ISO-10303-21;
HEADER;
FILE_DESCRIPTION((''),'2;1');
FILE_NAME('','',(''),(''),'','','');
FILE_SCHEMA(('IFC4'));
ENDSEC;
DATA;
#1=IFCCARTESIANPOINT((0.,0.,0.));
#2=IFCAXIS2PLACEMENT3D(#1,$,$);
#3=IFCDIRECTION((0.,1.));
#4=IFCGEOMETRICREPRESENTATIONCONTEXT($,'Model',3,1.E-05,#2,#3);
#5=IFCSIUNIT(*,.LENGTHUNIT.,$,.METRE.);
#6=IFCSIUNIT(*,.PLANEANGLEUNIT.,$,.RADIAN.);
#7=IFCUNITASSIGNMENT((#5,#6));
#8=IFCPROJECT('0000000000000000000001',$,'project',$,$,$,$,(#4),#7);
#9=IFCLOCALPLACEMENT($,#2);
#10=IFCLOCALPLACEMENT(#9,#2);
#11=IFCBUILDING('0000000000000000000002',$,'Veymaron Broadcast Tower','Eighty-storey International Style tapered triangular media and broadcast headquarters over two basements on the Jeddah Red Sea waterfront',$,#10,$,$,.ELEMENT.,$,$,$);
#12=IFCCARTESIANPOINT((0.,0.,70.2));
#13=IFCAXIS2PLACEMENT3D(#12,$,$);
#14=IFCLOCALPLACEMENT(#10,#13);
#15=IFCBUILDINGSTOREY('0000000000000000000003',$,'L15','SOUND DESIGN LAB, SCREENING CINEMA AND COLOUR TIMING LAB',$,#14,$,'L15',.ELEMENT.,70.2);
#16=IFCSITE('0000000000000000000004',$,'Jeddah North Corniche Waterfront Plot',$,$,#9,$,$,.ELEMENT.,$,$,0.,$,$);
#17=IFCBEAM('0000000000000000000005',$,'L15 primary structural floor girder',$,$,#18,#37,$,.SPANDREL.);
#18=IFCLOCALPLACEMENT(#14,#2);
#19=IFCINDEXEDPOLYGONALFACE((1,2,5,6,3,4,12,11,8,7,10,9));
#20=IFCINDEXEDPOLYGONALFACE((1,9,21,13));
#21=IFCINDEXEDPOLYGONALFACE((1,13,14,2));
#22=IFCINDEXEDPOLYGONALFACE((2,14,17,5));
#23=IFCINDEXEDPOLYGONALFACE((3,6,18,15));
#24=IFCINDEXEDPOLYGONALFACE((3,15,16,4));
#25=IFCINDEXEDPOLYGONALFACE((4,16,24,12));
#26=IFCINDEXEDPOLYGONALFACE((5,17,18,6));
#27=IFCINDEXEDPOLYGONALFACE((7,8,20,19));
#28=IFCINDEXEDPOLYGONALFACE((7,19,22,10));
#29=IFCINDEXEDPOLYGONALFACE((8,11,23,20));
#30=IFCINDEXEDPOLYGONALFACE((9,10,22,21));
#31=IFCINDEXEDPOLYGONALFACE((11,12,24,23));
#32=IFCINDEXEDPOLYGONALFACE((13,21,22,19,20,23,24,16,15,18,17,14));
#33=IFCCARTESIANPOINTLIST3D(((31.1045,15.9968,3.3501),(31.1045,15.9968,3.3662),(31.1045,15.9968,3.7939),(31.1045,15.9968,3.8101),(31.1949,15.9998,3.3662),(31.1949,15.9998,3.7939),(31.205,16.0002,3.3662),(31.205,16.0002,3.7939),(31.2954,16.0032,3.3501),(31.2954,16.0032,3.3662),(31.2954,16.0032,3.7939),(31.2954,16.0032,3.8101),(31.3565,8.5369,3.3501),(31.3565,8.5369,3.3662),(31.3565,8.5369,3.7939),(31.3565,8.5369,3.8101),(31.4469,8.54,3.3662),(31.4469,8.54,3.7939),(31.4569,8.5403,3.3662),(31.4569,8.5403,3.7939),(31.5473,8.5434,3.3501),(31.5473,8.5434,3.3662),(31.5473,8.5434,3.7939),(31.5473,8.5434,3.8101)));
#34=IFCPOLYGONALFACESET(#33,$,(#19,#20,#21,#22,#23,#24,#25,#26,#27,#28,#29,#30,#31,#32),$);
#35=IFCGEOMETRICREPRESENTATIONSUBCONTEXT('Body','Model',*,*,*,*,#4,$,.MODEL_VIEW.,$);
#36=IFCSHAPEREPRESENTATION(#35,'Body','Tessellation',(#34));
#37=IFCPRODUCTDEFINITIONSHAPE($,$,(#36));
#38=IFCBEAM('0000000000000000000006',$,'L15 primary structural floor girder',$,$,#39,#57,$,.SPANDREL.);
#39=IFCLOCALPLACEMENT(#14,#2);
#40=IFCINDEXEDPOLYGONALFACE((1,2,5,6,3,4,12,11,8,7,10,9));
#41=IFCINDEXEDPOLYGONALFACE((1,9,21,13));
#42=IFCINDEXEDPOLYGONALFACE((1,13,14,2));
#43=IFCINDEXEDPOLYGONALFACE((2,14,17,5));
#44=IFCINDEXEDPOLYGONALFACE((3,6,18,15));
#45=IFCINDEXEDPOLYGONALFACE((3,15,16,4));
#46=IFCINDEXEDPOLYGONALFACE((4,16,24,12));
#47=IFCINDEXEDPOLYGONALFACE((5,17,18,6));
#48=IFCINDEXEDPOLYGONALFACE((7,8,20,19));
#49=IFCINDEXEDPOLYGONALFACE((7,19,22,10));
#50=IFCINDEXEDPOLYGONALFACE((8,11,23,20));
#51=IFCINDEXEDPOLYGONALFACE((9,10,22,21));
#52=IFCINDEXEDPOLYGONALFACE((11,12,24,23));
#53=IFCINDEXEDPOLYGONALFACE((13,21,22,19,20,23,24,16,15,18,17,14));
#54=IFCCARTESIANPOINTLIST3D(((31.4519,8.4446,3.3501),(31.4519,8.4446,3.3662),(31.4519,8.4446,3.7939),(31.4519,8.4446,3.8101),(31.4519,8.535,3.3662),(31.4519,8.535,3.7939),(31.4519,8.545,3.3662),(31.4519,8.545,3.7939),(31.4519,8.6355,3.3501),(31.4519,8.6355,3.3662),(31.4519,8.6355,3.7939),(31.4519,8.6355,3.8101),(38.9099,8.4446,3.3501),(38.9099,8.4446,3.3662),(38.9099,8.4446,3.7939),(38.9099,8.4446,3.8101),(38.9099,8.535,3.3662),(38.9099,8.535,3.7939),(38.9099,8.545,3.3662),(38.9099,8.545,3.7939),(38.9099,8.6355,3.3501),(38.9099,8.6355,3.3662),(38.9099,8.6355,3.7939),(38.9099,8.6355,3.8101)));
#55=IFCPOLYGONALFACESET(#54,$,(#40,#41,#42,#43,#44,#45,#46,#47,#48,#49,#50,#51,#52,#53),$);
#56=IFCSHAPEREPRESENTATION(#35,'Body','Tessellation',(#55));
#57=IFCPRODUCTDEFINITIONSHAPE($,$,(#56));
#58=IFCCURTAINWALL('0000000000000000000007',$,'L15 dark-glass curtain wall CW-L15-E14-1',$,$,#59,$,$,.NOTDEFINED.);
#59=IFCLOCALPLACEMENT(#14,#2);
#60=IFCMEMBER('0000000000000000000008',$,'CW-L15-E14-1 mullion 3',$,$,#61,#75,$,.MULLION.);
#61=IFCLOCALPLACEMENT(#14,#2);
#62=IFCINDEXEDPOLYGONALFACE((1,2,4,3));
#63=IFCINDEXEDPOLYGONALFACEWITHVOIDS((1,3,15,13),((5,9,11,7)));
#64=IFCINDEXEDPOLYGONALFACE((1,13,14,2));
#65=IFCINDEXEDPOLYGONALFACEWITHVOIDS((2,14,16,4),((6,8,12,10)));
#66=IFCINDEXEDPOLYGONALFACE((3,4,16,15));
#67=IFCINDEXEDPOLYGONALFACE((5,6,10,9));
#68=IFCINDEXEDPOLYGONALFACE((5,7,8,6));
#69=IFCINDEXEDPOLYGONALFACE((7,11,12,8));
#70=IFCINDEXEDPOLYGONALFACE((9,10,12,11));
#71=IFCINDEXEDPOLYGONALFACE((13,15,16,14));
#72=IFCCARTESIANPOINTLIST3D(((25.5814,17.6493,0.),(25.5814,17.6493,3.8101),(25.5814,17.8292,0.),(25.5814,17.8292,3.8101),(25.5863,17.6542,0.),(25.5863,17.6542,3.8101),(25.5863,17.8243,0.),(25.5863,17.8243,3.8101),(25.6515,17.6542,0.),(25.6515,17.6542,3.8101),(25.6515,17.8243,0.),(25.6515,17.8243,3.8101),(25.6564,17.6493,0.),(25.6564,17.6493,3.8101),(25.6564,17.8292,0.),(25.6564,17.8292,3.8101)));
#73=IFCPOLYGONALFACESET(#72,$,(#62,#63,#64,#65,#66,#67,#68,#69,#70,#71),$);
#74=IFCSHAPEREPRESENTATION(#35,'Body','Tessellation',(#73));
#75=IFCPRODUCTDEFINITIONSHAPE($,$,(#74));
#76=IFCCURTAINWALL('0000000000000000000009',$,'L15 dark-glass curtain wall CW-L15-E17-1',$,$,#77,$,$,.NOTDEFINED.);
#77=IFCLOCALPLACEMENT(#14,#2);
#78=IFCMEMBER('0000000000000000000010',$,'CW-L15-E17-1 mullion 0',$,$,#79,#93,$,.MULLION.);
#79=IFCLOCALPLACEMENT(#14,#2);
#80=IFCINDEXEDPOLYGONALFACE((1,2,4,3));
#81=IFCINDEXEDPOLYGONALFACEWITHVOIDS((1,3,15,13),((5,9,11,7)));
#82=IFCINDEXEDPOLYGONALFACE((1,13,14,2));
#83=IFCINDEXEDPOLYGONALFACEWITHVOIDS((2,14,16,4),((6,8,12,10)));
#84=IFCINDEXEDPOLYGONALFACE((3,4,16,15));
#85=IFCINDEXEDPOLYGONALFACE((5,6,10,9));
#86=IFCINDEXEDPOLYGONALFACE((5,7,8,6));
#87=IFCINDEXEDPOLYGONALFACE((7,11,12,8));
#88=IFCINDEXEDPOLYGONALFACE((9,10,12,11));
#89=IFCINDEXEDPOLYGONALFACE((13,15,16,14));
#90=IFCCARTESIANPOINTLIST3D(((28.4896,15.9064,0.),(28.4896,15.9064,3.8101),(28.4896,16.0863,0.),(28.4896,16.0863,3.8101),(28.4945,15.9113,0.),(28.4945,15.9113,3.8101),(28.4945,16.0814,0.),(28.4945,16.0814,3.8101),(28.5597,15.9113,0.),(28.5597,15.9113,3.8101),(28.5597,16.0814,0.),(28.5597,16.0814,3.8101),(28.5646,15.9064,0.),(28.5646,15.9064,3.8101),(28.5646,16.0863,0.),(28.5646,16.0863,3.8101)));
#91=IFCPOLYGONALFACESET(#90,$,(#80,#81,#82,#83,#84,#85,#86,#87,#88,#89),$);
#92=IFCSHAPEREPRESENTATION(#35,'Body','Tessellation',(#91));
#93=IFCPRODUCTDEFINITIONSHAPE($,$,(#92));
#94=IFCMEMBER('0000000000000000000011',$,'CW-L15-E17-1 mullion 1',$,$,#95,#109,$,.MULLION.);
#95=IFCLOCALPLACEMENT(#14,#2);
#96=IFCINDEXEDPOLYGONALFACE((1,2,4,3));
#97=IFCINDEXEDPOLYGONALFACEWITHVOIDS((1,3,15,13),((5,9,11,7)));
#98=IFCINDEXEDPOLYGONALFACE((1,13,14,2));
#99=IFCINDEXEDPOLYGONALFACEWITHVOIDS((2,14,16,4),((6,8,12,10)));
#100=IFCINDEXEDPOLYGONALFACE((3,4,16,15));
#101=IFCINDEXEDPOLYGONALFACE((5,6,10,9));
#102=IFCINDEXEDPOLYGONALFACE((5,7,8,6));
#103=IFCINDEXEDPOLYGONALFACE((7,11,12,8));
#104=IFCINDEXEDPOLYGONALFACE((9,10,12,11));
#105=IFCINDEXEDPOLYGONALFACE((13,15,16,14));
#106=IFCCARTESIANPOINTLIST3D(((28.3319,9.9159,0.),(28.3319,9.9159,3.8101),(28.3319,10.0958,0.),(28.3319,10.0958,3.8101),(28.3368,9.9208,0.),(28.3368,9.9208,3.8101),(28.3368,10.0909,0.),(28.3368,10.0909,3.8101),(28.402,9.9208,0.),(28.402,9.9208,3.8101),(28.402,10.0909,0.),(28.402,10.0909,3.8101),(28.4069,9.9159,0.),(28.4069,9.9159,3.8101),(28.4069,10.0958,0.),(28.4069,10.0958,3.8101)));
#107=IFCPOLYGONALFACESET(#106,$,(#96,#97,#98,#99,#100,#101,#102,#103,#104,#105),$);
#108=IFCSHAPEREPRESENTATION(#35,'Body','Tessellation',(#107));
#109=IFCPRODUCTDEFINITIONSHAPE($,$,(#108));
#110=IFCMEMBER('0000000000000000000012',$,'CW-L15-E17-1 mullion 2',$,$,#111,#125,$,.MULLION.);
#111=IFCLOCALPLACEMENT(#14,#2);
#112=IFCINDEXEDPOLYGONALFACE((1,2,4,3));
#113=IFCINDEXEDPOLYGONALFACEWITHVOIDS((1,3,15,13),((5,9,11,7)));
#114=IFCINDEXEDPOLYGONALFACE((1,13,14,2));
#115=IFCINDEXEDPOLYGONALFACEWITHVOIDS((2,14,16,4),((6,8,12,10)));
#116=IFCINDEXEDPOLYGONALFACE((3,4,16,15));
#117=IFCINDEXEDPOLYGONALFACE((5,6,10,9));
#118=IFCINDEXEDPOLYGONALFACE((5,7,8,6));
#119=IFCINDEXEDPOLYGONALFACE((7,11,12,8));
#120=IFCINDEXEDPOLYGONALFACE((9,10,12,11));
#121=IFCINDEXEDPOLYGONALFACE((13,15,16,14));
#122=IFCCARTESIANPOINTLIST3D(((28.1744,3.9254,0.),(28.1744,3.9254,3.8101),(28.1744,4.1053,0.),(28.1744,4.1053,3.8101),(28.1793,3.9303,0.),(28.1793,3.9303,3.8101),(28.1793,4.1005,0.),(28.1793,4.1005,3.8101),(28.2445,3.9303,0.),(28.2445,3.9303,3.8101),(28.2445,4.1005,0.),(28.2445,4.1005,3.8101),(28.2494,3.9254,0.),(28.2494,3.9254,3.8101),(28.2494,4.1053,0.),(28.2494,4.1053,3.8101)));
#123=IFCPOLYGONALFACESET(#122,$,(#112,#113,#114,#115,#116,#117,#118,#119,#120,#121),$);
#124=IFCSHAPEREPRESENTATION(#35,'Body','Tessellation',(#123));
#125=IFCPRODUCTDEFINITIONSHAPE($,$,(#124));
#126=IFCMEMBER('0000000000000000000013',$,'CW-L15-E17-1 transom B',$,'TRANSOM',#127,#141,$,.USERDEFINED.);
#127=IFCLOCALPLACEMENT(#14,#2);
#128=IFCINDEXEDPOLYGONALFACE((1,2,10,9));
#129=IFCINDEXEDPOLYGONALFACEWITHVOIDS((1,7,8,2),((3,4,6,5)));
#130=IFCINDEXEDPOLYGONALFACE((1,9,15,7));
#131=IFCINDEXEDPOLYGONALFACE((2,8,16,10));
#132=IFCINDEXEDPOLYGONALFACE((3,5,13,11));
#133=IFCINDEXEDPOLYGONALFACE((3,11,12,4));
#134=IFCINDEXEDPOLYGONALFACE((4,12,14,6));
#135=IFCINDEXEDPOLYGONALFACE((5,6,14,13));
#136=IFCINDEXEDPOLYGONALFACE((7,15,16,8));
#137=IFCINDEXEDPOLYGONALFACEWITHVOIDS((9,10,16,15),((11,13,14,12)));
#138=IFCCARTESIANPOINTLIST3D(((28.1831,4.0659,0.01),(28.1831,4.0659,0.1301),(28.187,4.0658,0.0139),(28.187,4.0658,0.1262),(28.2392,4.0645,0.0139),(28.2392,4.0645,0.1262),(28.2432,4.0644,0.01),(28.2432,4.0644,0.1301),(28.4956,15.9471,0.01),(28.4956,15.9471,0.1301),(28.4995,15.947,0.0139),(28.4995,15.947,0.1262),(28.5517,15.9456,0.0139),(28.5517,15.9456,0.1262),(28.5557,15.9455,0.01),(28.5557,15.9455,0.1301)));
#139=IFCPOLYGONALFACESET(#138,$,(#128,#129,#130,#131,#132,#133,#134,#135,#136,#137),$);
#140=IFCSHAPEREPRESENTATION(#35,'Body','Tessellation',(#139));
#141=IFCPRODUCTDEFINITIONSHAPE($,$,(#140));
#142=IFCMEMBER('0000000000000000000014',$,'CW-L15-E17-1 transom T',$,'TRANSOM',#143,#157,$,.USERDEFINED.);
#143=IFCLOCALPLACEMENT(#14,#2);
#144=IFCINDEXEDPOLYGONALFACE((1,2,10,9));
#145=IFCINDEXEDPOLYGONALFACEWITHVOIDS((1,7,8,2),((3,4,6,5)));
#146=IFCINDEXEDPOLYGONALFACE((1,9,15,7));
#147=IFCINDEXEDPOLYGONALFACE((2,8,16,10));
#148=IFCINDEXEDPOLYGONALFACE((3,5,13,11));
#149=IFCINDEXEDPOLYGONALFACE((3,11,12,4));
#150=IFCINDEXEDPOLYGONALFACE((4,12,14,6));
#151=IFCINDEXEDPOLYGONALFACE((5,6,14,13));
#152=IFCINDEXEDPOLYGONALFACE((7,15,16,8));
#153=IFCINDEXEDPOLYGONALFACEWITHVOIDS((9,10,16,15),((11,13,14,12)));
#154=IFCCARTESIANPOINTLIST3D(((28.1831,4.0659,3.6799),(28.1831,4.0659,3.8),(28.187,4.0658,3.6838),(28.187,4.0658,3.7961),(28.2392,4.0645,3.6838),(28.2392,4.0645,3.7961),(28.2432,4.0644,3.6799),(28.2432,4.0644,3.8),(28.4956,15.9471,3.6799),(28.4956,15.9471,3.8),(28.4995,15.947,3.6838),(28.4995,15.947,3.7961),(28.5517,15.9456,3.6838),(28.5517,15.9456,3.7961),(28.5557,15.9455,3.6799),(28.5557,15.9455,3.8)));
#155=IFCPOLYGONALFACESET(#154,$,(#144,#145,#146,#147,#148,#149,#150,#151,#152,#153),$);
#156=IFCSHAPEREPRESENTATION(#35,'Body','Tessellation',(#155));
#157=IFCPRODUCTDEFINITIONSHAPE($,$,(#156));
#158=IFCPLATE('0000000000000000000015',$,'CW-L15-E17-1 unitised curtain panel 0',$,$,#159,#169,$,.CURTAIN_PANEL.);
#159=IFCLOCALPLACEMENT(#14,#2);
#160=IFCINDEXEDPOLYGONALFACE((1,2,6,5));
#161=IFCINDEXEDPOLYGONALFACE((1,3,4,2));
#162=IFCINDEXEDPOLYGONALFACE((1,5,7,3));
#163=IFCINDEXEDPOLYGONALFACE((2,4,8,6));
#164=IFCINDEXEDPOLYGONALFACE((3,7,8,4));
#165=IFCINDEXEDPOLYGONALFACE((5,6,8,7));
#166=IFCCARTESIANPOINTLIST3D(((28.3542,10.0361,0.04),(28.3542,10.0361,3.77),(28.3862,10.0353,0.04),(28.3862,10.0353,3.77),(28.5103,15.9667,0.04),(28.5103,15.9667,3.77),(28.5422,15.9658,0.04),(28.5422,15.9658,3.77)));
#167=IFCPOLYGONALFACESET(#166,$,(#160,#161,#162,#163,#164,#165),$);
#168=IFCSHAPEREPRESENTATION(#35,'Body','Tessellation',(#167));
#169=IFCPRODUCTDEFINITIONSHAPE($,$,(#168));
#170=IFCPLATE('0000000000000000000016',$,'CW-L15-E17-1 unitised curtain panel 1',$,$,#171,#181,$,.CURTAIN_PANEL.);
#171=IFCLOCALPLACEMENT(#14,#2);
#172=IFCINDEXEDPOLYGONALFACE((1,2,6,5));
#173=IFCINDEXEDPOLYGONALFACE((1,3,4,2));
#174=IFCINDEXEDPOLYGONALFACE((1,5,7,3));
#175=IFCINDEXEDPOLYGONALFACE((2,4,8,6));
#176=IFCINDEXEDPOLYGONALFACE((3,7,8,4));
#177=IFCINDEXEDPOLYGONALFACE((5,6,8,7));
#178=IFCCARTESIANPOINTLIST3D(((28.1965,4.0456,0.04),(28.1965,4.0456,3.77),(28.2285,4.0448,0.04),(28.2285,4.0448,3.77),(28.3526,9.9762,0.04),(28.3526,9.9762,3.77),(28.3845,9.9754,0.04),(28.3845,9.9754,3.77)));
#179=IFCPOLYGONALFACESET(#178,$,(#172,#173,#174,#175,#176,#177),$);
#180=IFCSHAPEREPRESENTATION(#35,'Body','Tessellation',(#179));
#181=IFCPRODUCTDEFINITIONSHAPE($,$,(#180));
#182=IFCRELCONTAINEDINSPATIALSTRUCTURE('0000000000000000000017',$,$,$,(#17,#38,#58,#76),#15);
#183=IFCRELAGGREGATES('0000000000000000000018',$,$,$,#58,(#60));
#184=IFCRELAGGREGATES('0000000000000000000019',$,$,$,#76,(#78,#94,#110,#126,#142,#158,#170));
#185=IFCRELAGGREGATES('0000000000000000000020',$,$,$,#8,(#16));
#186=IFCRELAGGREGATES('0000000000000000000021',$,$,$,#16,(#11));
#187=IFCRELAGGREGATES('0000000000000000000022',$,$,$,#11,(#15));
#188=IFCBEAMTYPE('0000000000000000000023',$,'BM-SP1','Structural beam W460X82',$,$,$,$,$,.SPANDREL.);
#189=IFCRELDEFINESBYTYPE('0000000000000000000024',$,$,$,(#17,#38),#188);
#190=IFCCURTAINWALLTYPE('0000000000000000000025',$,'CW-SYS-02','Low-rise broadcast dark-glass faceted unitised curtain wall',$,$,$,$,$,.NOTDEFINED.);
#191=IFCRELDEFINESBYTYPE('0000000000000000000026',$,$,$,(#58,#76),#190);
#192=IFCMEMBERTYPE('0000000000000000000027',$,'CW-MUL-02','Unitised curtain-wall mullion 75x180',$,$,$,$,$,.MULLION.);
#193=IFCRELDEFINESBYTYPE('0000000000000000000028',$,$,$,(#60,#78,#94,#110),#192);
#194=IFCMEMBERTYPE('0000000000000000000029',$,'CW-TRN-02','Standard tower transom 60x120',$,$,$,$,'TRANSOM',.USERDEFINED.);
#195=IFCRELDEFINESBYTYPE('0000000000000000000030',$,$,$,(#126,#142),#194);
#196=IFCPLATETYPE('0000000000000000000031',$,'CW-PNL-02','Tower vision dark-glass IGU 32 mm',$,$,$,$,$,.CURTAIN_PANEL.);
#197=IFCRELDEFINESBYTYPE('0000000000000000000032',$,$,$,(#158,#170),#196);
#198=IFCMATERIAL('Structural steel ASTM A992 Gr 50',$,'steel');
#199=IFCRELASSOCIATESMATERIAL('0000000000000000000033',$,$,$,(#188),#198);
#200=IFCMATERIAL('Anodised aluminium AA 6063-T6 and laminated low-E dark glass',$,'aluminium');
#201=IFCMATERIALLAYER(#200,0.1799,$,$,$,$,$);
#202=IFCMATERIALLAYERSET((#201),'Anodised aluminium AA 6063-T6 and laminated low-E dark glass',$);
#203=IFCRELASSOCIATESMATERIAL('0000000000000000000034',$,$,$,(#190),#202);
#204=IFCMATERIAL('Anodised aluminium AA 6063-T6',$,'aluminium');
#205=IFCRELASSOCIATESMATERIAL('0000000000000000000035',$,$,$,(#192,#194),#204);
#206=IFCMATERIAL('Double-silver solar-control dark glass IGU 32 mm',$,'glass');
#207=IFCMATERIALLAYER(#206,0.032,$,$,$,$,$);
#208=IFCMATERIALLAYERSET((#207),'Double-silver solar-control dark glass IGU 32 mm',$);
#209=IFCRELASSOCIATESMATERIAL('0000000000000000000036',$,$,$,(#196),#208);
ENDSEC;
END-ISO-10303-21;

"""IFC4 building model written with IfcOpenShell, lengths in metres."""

from ifc_helpers import new_model, si_unit, direction, frame, origin, origin_2d, place, context, subcontext, project, spatial, rectangle, hollow_rectangle, i_section, extrude, material, layer, layer_set, material_profile, profile_set, type_object, element, aggregate, save


model = new_model("IFC4")

# Units and contexts
model_context = context("Model", 3, precision=1e-05, world=origin(), true_north=direction((0.0, 1.0)))
body_context = subcontext(model_context, "Body", "Model", "MODEL_VIEW")
ifc_project = project(units=[si_unit("LENGTHUNIT", "METRE"), si_unit("PLANEANGLEUNIT", "RADIAN")], contexts=[model_context])

# Site, building, storey
site_placement = place(None, origin())
site = spatial("IfcSite", under=ifc_project, at=site_placement, Name="Jeddah North Corniche Waterfront Plot", CompositionType="ELEMENT", RefElevation=0.0)
building_placement = place(site_placement, origin())
building = spatial("IfcBuilding", under=site, at=building_placement, Name="Veymaron Broadcast Tower", Description="Eighty-storey International Style tapered triangular media and broadcast headquarters over two basements on the Jeddah Red Sea waterfront", CompositionType="ELEMENT")
storey_placement = place(building_placement, frame((0.0, 0.0, 70.2)))
storey = spatial("IfcBuildingStorey", under=building, at=storey_placement, Name="L15", Description="SOUND DESIGN LAB, SCREENING CINEMA AND COLOUR TIMING LAB", LongName="L15", CompositionType="ELEMENT", Elevation=70.2)

# Beams
ifc_material_1 = material(Name="Structural steel ASTM A992 Gr 50", Category="steel")
ifc_material_profile_1 = material_profile(ifc_material_1, i_section(OverallWidth=0.1909, OverallDepth=0.46, WebThickness=0.01, FlangeThickness=0.0161, at=origin_2d()), Name="W460X82")
ifc_profile_set_1 = profile_set([ifc_material_profile_1], Name="Structural steel ASTM A992 Gr 50")
beam_type_1 = type_object("IfcBeamType", Name="BM-SP1", Description="Structural beam W460X82", PredefinedType="SPANDREL", material=ifc_profile_set_1)
beam_1_placement = place(storey_placement, frame((31.2, 16.0, 3.5801), z_axis=(0.033755, -0.99943, 0.0), x_axis=(0.99943, 0.033755, 0.0)))
element("IfcBeam", 1, at=beam_1_placement, inside=storey, type_object=beam_type_1, Name="L15 primary structural floor girder", PredefinedType="SPANDREL", context=body_context, shape_type="SweptSolid", body=[
    extrude(i_section(OverallWidth=0.1909, OverallDepth=0.46, WebThickness=0.01, FlangeThickness=0.0161, at=origin_2d()), origin(), (0.0, 0.0, 1.0), 7.4641),
])
beam_2_placement = place(storey_placement, frame((31.4519, 8.54, 3.5801), z_axis=(1.0, 0.0, 0.0), x_axis=(0.0, 1.0, 0.0)))
element("IfcBeam", 2, at=beam_2_placement, inside=storey, type_object=beam_type_1, Name="L15 primary structural floor girder", PredefinedType="SPANDREL", context=body_context, shape_type="SweptSolid", body=[
    extrude(i_section(OverallWidth=0.1909, OverallDepth=0.46, WebThickness=0.01, FlangeThickness=0.0161, at=origin_2d()), origin(), (0.0, 0.0, 1.0), 7.458),
])

# Curtain wall, member
ifc_material_2 = material(Name="Anodised aluminium AA 6063-T6 and laminated low-E dark glass", Category="aluminium")
ifc_layer_1 = layer(ifc_material_2, 0.1799)
ifc_layer_set_1 = layer_set([ifc_layer_1], Name="Anodised aluminium AA 6063-T6 and laminated low-E dark glass")
curtain_wall_type = type_object("IfcCurtainWallType", Name="CW-SYS-02", Description="Low-rise broadcast dark-glass faceted unitised curtain wall", PredefinedType="NOTDEFINED", material=ifc_layer_set_1)
curtain_wall_1_placement = place(storey_placement, origin())
curtain_wall_1 = element("IfcCurtainWall", 3, at=curtain_wall_1_placement, inside=storey, type_object=curtain_wall_type, Name="L15 dark-glass curtain wall CW-L15-E14-1", PredefinedType="NOTDEFINED")
ifc_material_3 = material(Name="Anodised aluminium AA 6063-T6", Category="aluminium")
ifc_material_profile_2 = material_profile(ifc_material_3, hollow_rectangle(XDim=0.075, YDim=0.1799, WallThickness=0.0049, at=origin_2d()), Name="AL180X75X5")
ifc_profile_set_2 = profile_set([ifc_material_profile_2], Name="Anodised aluminium AA 6063-T6")
member_type_1 = type_object("IfcMemberType", Name="CW-MUL-02", Description="Unitised curtain-wall mullion 75x180", PredefinedType="MULLION", material=ifc_profile_set_2)
member_1_placement = place(storey_placement, frame((25.6189, 17.7393, 0.0), z_axis=(0.0, 0.0, 1.0), x_axis=(1.0, 0.0, 0.0)))
member_1 = element("IfcMember", 4, at=member_1_placement, type_object=member_type_1, Name="CW-L15-E14-1 mullion 3", PredefinedType="MULLION", context=body_context, shape_type="SweptSolid", body=[
    extrude(hollow_rectangle(XDim=0.075, YDim=0.1799, WallThickness=0.0049, at=origin_2d()), origin(), (0.0, 0.0, 1.0), 3.8101),
])
aggregate(curtain_wall_1, [member_1])

# Curtain wall, members, plates
curtain_wall_2_placement = place(storey_placement, origin())
curtain_wall_2 = element("IfcCurtainWall", 5, at=curtain_wall_2_placement, inside=storey, type_object=curtain_wall_type, Name="L15 dark-glass curtain wall CW-L15-E17-1", PredefinedType="NOTDEFINED")
member_2_placement = place(storey_placement, frame((28.5271, 15.9963, 0.0), z_axis=(0.0, 0.0, 1.0), x_axis=(1.0, 0.0, 0.0)))
member_2 = element("IfcMember", 6, at=member_2_placement, type_object=member_type_1, Name="CW-L15-E17-1 mullion 0", PredefinedType="MULLION", context=body_context, shape_type="SweptSolid", body=[
    extrude(hollow_rectangle(XDim=0.075, YDim=0.1799, WallThickness=0.0049, at=origin_2d()), origin(), (0.0, 0.0, 1.0), 3.8101),
])
member_3_placement = place(storey_placement, frame((28.3694, 10.0059, 0.0), z_axis=(0.0, 0.0, 1.0), x_axis=(1.0, 0.0, 0.0)))
member_3 = element("IfcMember", 7, at=member_3_placement, type_object=member_type_1, Name="CW-L15-E17-1 mullion 1", PredefinedType="MULLION", context=body_context, shape_type="SweptSolid", body=[
    extrude(hollow_rectangle(XDim=0.075, YDim=0.1799, WallThickness=0.0049, at=origin_2d()), origin(), (0.0, 0.0, 1.0), 3.8101),
])
member_4_placement = place(storey_placement, frame((28.2119, 4.0154, 0.0), z_axis=(0.0, 0.0, 1.0), x_axis=(1.0, 0.0, 0.0)))
member_4 = element("IfcMember", 8, at=member_4_placement, type_object=member_type_1, Name="CW-L15-E17-1 mullion 2", PredefinedType="MULLION", context=body_context, shape_type="SweptSolid", body=[
    extrude(hollow_rectangle(XDim=0.075, YDim=0.1799, WallThickness=0.0049, at=origin_2d()), origin(), (0.0, 0.0, 1.0), 3.8101),
])
ifc_material_profile_3 = material_profile(ifc_material_3, hollow_rectangle(XDim=0.0601, YDim=0.1201, WallThickness=0.0039, at=origin_2d()), Name="AL120X60X4")
ifc_profile_set_3 = profile_set([ifc_material_profile_3], Name="Anodised aluminium AA 6063-T6")
member_type_2 = type_object("IfcMemberType", Name="CW-TRN-02", Description="Standard tower transom 60x120", ElementType="TRANSOM", PredefinedType="USERDEFINED", material=ifc_profile_set_3)
member_5_placement = place(storey_placement, frame((28.5256, 15.9463, 0.0701), z_axis=(-0.026293, -0.999654, 0.0), x_axis=(0.999654, -0.026293, 0.0)))
member_5 = element("IfcMember", 9, at=member_5_placement, type_object=member_type_2, Name="CW-L15-E17-1 transom B", ObjectType="TRANSOM", PredefinedType="USERDEFINED", context=body_context, shape_type="SweptSolid", body=[
    extrude(hollow_rectangle(XDim=0.0601, YDim=0.1201, WallThickness=0.0039, at=origin_2d()), origin(), (0.0, 0.0, 1.0), 11.8853),
])
member_6_placement = place(storey_placement, frame((28.5256, 15.9463, 3.74), z_axis=(-0.026293, -0.999654, 0.0), x_axis=(0.999654, -0.026293, 0.0)))
member_6 = element("IfcMember", 10, at=member_6_placement, type_object=member_type_2, Name="CW-L15-E17-1 transom T", ObjectType="TRANSOM", PredefinedType="USERDEFINED", context=body_context, shape_type="SweptSolid", body=[
    extrude(hollow_rectangle(XDim=0.0601, YDim=0.1201, WallThickness=0.0039, at=origin_2d()), origin(), (0.0, 0.0, 1.0), 11.8853),
])
ifc_material_4 = material(Name="Double-silver solar-control dark glass IGU 32 mm", Category="glass")
ifc_layer_2 = layer(ifc_material_4, 0.032)
ifc_layer_set_2 = layer_set([ifc_layer_2], Name="Double-silver solar-control dark glass IGU 32 mm")
plate_type = type_object("IfcPlateType", Name="CW-PNL-02", Description="Tower vision dark-glass IGU 32 mm", PredefinedType="CURTAIN_PANEL", material=ifc_layer_set_2)
plate_1_placement = place(storey_placement, frame((28.4482, 13.001, 0.04), z_axis=(0.0, 0.0, 1.0), x_axis=(-0.026299, -0.999654, 0.0)))
plate_1 = element("IfcPlate", 11, at=plate_1_placement, type_object=plate_type, Name="CW-L15-E17-1 unitised curtain panel 0", PredefinedType="CURTAIN_PANEL", context=body_context, shape_type="SweptSolid", body=[
    extrude(rectangle(XDim=5.9326, YDim=0.032, at=origin_2d()), origin(), (0.0, 0.0, 1.0), 3.73),
])
plate_2_placement = place(storey_placement, frame((28.2905, 7.0105, 0.04), z_axis=(0.0, 0.0, 1.0), x_axis=(-0.026299, -0.999654, 0.0)))
plate_2 = element("IfcPlate", 12, at=plate_2_placement, type_object=plate_type, Name="CW-L15-E17-1 unitised curtain panel 1", PredefinedType="CURTAIN_PANEL", context=body_context, shape_type="SweptSolid", body=[
    extrude(rectangle(XDim=5.9326, YDim=0.032, at=origin_2d()), origin(), (0.0, 0.0, 1.0), 3.73),
])
aggregate(curtain_wall_2, [member_2, member_3, member_4, member_5, member_6, plate_1, plate_2])

save(model, "model.ifc")
